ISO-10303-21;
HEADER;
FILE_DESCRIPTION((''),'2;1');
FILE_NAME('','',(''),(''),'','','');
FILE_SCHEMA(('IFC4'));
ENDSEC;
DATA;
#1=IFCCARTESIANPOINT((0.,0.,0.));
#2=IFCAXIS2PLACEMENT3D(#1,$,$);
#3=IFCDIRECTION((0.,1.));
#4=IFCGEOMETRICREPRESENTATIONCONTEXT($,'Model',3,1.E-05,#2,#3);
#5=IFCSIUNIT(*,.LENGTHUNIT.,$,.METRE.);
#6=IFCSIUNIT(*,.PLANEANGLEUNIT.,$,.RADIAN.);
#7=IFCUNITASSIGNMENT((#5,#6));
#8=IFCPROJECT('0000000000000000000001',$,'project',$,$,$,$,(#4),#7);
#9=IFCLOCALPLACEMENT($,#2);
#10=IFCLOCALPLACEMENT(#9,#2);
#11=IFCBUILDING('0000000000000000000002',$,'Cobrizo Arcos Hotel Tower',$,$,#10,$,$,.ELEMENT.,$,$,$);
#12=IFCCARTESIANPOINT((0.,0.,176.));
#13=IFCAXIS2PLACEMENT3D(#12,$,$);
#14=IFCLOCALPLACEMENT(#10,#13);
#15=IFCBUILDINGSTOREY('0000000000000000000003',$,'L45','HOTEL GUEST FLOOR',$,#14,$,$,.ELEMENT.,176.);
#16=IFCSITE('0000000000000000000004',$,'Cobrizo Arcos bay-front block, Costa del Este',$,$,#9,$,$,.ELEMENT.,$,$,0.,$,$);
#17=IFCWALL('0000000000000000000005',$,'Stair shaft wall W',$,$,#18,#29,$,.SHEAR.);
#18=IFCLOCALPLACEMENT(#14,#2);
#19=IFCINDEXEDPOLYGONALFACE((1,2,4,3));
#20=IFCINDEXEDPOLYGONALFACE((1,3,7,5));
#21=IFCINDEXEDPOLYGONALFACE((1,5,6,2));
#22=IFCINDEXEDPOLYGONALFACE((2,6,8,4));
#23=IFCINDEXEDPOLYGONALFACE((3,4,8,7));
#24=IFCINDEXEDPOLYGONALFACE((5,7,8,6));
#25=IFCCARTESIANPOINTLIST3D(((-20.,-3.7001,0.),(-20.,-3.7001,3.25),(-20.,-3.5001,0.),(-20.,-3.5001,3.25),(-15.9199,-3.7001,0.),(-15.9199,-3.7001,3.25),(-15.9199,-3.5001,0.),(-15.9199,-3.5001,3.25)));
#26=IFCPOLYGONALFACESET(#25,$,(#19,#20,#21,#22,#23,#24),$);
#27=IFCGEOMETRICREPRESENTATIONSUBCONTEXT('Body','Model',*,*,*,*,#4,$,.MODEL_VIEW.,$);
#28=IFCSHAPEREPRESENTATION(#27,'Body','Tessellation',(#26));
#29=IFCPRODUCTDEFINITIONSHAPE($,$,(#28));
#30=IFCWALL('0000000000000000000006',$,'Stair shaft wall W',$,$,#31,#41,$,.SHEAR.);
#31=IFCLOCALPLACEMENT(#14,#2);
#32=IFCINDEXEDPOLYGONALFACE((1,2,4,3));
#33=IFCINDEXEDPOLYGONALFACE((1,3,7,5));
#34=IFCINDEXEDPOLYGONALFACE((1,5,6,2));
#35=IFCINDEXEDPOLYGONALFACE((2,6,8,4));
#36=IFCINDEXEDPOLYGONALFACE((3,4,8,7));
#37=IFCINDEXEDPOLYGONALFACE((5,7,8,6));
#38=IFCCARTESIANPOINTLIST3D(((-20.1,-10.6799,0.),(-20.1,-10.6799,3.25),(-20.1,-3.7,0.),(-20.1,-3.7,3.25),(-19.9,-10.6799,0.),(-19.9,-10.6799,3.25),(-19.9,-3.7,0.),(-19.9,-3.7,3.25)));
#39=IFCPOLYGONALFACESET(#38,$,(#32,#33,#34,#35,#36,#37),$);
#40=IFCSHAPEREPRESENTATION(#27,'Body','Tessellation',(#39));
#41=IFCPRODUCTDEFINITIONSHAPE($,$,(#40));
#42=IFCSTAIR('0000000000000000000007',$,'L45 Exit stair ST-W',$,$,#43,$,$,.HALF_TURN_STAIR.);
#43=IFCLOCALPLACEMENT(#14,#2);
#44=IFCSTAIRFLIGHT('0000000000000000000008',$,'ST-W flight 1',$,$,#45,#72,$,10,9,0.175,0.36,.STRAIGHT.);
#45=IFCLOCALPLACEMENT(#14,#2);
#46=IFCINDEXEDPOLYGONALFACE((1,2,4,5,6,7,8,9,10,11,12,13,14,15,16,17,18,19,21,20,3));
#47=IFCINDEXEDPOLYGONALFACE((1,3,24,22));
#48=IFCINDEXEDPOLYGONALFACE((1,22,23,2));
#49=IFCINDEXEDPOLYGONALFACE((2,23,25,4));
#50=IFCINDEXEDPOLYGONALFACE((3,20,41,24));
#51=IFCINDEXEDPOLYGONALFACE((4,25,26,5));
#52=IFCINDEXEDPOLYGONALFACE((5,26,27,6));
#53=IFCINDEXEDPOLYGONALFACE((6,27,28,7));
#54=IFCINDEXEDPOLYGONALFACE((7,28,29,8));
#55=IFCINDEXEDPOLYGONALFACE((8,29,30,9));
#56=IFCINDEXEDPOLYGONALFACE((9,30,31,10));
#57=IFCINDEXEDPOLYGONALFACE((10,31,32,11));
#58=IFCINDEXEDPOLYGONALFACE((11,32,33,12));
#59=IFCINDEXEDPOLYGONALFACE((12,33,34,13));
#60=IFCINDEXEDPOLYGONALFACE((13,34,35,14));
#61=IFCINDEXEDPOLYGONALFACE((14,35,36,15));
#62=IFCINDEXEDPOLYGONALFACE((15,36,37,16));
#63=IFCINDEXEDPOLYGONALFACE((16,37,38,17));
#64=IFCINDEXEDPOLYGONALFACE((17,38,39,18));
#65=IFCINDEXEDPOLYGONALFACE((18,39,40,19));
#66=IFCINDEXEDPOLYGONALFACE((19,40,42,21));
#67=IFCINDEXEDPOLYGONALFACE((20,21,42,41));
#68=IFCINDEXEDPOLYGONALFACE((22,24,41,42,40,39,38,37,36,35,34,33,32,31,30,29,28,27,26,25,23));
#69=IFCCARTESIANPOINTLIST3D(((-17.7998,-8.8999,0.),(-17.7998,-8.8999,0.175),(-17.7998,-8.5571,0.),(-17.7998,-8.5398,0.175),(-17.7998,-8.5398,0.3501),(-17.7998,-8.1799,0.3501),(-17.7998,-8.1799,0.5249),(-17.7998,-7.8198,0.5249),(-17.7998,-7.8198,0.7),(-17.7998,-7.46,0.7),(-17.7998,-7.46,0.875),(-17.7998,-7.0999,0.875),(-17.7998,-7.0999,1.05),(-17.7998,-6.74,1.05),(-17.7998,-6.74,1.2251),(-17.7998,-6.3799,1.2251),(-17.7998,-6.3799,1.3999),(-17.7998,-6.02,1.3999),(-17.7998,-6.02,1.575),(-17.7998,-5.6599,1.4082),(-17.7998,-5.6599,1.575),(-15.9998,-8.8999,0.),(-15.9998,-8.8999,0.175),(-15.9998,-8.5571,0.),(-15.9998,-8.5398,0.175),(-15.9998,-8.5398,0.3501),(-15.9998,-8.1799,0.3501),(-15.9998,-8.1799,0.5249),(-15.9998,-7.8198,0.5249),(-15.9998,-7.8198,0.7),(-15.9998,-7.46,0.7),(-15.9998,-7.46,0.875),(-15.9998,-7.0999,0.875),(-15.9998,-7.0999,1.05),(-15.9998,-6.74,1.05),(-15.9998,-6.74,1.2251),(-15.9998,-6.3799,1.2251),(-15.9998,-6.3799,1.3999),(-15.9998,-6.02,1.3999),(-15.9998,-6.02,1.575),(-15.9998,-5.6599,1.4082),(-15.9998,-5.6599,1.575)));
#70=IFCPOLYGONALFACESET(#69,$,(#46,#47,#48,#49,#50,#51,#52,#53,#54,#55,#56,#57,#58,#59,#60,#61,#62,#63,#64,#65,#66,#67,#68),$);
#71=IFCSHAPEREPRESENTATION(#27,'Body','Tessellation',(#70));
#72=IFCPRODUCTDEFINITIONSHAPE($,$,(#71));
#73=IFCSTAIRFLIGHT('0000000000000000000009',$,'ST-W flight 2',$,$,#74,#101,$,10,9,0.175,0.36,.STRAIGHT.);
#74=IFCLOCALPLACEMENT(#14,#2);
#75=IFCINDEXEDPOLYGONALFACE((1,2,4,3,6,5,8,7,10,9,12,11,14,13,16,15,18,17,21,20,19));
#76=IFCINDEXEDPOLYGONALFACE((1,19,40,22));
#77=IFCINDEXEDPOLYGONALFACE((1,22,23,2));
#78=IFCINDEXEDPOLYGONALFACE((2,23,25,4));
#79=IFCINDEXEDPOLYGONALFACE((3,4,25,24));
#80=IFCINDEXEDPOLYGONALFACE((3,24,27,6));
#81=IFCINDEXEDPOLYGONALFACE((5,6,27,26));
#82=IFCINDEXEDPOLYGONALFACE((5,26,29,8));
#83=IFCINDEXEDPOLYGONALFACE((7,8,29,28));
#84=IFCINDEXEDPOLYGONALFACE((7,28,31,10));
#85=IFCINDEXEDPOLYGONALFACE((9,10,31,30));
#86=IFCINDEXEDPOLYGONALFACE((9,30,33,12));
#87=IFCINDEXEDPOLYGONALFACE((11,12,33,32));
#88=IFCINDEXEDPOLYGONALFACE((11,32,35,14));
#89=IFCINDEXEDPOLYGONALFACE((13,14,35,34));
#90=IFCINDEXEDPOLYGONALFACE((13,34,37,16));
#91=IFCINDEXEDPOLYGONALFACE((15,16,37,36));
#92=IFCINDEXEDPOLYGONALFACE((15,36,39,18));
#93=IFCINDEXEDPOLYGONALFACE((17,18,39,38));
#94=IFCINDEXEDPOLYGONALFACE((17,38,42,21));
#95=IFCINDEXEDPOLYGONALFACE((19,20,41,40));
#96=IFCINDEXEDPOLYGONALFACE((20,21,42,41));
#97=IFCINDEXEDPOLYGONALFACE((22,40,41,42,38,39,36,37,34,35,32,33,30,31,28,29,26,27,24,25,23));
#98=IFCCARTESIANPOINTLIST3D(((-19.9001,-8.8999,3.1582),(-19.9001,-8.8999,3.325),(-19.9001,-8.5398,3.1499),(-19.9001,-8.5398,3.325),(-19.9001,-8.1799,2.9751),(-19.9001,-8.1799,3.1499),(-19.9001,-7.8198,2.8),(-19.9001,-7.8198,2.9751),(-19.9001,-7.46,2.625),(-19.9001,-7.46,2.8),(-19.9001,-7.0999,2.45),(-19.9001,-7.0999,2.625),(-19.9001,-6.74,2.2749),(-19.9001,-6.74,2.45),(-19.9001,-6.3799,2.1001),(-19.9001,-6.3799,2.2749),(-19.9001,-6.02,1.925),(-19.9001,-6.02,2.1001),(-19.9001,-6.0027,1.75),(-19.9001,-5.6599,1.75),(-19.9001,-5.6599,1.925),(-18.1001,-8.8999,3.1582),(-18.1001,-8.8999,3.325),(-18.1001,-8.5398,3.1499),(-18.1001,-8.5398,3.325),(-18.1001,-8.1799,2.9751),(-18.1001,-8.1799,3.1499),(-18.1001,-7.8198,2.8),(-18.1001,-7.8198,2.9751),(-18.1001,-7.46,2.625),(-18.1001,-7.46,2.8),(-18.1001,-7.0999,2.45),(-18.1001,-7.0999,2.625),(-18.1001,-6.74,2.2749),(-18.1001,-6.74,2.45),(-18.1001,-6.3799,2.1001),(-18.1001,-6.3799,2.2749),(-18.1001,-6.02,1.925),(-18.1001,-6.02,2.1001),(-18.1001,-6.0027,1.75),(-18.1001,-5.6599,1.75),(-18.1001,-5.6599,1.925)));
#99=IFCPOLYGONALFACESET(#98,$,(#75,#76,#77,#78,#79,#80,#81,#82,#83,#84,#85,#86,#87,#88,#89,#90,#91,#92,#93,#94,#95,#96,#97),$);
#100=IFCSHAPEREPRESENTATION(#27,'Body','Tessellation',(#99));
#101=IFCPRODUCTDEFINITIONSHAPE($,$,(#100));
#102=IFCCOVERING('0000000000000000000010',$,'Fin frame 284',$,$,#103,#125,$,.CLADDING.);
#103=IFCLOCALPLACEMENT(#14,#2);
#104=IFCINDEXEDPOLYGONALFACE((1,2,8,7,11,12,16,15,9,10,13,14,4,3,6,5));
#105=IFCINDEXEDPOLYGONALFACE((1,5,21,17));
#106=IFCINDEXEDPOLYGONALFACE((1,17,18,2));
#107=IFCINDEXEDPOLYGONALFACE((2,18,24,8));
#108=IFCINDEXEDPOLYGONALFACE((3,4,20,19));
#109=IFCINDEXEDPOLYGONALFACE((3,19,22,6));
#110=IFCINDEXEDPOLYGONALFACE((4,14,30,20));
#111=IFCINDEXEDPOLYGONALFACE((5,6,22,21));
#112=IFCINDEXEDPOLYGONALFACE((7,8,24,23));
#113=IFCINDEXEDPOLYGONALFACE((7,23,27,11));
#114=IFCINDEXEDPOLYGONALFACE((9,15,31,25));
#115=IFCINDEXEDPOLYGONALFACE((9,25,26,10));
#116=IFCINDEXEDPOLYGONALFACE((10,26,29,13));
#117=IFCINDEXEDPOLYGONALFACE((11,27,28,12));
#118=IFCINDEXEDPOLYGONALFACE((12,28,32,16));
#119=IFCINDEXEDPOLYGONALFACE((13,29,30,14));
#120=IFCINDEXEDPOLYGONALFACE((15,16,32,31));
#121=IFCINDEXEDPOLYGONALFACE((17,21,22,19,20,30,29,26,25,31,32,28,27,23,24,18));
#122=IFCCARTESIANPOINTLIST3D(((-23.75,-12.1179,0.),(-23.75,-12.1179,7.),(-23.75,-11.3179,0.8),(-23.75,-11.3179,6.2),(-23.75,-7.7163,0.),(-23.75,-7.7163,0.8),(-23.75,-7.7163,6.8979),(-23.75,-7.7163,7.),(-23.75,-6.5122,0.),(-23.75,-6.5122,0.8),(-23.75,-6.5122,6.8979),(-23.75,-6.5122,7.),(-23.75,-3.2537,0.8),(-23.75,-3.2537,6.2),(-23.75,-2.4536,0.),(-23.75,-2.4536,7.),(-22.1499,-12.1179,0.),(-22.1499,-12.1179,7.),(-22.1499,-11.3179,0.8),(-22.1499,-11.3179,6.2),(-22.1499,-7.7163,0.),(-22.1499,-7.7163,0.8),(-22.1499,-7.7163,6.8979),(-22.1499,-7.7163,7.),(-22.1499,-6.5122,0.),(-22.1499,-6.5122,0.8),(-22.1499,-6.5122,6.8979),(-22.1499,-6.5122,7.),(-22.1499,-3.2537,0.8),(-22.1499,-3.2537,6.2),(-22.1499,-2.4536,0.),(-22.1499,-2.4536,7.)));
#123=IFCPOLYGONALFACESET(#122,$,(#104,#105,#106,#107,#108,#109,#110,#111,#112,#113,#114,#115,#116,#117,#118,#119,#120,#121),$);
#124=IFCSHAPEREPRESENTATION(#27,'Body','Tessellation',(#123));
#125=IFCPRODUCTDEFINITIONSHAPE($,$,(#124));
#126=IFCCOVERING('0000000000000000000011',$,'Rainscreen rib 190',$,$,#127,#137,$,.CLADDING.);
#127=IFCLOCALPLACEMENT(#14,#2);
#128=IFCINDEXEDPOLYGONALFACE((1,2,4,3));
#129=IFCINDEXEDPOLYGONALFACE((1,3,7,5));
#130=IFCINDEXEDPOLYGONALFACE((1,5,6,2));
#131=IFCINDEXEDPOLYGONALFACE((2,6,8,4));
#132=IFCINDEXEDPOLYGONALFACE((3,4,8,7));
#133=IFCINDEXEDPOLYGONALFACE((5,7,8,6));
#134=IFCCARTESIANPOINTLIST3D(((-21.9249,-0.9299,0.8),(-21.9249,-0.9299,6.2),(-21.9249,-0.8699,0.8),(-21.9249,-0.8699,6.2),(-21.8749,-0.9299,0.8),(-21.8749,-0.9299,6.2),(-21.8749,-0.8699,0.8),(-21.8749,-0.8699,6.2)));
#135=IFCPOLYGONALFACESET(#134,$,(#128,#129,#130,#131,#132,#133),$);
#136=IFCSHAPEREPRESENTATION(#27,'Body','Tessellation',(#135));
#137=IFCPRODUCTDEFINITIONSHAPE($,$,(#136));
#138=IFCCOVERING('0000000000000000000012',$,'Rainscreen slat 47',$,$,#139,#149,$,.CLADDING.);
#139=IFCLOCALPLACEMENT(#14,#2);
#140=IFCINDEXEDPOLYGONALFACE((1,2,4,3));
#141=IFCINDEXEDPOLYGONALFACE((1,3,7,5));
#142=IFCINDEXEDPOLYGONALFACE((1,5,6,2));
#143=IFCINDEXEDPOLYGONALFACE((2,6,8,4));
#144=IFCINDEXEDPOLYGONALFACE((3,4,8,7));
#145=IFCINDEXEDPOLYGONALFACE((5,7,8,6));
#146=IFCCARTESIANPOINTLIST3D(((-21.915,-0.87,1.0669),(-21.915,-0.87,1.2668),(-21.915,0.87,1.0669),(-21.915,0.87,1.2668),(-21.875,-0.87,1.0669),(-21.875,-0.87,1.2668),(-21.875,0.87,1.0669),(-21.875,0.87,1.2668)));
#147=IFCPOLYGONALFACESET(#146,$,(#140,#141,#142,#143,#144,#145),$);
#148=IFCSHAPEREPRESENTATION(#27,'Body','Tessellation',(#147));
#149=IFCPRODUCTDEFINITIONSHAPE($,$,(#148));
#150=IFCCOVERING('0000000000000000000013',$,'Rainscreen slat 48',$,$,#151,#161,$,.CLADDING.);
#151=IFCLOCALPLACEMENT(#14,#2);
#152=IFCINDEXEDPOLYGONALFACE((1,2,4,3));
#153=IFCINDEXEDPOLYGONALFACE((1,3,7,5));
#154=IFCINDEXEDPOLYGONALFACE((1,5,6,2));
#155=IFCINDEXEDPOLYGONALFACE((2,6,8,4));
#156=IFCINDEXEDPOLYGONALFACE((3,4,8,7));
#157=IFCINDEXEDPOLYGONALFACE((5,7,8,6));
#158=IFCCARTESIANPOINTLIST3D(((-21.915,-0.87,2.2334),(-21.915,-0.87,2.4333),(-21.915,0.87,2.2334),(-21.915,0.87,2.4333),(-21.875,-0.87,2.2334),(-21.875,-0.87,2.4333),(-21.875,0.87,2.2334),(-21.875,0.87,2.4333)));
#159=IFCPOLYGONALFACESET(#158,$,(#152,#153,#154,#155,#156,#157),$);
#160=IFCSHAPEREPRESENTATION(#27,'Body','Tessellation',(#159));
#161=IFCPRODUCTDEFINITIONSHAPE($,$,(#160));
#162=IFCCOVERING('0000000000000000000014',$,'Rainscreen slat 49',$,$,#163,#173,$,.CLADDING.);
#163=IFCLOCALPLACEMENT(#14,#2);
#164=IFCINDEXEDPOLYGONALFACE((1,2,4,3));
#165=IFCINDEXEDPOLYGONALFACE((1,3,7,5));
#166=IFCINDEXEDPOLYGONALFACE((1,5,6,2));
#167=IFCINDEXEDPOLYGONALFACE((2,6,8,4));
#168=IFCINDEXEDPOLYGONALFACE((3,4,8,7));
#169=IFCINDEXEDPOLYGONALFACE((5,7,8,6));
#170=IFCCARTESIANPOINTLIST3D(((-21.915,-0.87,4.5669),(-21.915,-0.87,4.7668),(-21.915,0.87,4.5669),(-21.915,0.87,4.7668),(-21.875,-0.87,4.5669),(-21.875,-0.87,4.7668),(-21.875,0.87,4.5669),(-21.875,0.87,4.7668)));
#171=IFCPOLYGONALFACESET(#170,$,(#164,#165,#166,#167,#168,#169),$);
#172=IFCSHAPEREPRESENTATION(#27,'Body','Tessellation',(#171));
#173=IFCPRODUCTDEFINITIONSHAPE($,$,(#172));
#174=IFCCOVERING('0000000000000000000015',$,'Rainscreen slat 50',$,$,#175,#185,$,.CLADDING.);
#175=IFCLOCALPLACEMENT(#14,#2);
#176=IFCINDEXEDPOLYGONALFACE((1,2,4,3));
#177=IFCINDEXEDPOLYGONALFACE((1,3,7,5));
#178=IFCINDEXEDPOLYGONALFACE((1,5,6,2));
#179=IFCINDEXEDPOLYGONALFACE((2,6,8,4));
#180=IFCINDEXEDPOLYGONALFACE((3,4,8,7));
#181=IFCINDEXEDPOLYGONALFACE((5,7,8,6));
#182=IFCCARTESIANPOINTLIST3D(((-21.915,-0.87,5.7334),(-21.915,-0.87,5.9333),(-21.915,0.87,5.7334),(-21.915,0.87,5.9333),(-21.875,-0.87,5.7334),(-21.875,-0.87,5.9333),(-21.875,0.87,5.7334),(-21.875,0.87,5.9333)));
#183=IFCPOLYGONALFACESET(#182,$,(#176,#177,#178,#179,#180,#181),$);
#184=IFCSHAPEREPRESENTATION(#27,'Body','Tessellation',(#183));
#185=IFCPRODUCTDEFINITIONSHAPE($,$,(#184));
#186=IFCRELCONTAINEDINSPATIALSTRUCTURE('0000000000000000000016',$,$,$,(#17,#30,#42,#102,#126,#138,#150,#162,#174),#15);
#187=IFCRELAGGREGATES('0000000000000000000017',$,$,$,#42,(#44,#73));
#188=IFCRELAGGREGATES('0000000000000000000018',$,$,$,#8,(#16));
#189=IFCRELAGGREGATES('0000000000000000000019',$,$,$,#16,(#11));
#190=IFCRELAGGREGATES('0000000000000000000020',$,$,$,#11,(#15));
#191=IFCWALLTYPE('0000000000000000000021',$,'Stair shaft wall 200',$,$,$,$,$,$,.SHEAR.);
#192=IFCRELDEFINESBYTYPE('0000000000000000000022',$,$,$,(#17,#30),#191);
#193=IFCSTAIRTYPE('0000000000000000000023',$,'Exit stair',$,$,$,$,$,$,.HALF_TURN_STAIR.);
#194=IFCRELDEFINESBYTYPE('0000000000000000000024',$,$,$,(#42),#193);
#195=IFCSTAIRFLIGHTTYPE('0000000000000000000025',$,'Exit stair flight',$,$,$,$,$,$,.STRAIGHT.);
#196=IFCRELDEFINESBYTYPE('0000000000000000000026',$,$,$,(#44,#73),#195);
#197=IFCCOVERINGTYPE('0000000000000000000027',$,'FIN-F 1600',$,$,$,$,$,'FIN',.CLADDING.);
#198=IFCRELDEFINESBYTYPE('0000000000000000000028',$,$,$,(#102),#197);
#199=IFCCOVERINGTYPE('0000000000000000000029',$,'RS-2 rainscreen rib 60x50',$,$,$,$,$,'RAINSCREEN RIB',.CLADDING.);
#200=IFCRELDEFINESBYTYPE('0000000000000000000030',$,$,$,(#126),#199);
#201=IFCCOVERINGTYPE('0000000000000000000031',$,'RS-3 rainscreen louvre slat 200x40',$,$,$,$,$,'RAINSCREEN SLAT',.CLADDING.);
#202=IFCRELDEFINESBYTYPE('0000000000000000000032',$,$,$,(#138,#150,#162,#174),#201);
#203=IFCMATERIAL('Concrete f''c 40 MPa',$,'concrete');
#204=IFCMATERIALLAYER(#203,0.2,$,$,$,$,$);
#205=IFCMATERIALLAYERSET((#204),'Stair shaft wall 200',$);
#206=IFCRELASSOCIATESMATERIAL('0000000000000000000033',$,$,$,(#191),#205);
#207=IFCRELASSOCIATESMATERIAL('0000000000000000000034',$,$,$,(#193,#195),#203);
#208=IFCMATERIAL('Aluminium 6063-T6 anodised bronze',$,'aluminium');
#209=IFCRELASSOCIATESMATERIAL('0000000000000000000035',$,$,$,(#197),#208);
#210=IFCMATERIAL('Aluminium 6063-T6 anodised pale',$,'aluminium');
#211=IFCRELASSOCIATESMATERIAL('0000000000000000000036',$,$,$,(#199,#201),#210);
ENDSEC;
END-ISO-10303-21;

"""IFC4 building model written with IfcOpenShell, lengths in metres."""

from ifc_helpers import new_model, si_unit, direction, frame, frame_2d, origin, origin_2d, place, context, subcontext, project, spatial, polyline, rectangle, outline, extrude, material, layer, layer_set, type_object, element, aggregate, save


model = new_model("IFC4")

# Units and contexts
model_context = context("Model", 3, precision=1e-05, world=origin(), true_north=direction((0.0, 1.0)))
body_context = subcontext(model_context, "Body", "Model", "MODEL_VIEW")
ifc_project = project(units=[si_unit("LENGTHUNIT", "METRE"), si_unit("PLANEANGLEUNIT", "RADIAN")], contexts=[model_context])

# Site, building, storey
site_placement = place(None, origin())
site = spatial("IfcSite", under=ifc_project, at=site_placement, Name="Cobrizo Arcos bay-front block, Costa del Este", CompositionType="ELEMENT", RefElevation=0.0)
building_placement = place(site_placement, origin())
building = spatial("IfcBuilding", under=site, at=building_placement, Name="Cobrizo Arcos Hotel Tower", CompositionType="ELEMENT")
storey_placement = place(building_placement, frame((0.0, 0.0, 176.0)))
storey = spatial("IfcBuildingStorey", under=building, at=storey_placement, Name="L45", Description="HOTEL GUEST FLOOR", CompositionType="ELEMENT", Elevation=176.0)

# Shared definitions
ifc_material_1 = material(Name="Aluminium 6063-T6 anodised bronze", Category="aluminium")

# Walls
ifc_material_2 = material(Name="Concrete f'c 40 MPa", Category="concrete")
ifc_layer_1 = layer(ifc_material_2, 0.2)
ifc_layer_set_1 = layer_set([ifc_layer_1], Name="Stair shaft wall 200")
wall_type_1 = type_object("IfcWallType", Name="Stair shaft wall 200", PredefinedType="SHEAR", material=ifc_layer_set_1)
wall_1_placement = place(storey_placement, frame((-20.0, -3.6001, 0.0), z_axis=(0.0, 0.0, 1.0), x_axis=(1.0, 0.0, 0.0)))
element("IfcWall", 1, at=wall_1_placement, inside=storey, type_object=wall_type_1, Name="Stair shaft wall W", PredefinedType="SHEAR", context=body_context, shape_type="SweptSolid", body=[
    extrude(rectangle(XDim=4.0801, YDim=0.2, at=frame_2d((2.04, 0.0))), origin(), (0.0, 0.0, 1.0), 3.25),
])
wall_2_placement = place(storey_placement, frame((-20.0, -10.6799, 0.0), z_axis=(0.0, 0.0, 1.0), x_axis=(0.0, 1.0, 0.0)))
element("IfcWall", 2, at=wall_2_placement, inside=storey, type_object=wall_type_1, Name="Stair shaft wall W", PredefinedType="SHEAR", context=body_context, shape_type="SweptSolid", body=[
    extrude(rectangle(XDim=6.98, YDim=0.2, at=frame_2d((3.49, 0.0))), origin(), (0.0, 0.0, 1.0), 3.25),
])

# Stair, stair flights
stair_type = type_object("IfcStairType", Name="Exit stair", PredefinedType="HALF_TURN_STAIR", material=ifc_material_2)
stair_placement = place(storey_placement, origin())
stair = element("IfcStair", 3, at=stair_placement, inside=storey, type_object=stair_type, Name="L45 Exit stair ST-W", PredefinedType="HALF_TURN_STAIR")
stair_flight_type = type_object("IfcStairFlightType", Name="Exit stair flight", PredefinedType="STRAIGHT", material=ifc_material_2)
stair_flight_1_placement = place(storey_placement, frame((-16.8999, -8.8999, 0.0), z_axis=(0.0, 0.0, 1.0), x_axis=(0.0, 1.0, 0.0)))
stair_flight_1 = element("IfcStairFlight", 4, at=stair_flight_1_placement, type_object=stair_flight_type, Name="ST-W flight 1", NumberOfRisers=10, NumberOfTreads=9, PredefinedType="STRAIGHT", RiserHeight=0.175, TreadLength=0.36, context=body_context, shape_type="SweptSolid", body=[
    extrude(outline(polyline([(0.0, 0.0), (0.0, 0.175), (0.3601, 0.175), (0.3601, 0.3501), (0.72, 0.3501), (0.72, 0.5249), (1.0801, 0.5249), (1.0801, 0.7), (1.4399, 0.7), (1.4399, 0.875), (1.8, 0.875), (1.8, 1.05), (2.1599, 1.05), (2.1599, 1.2251), (2.52, 1.2251), (2.52, 1.3999), (2.8799, 1.3999), (2.8799, 1.575), (3.24, 1.575), (3.24, 1.75), (3.24, 1.4082), (0.3428, 0.0), (0.0, 0.0)])), frame((0.0, 0.8999, 0.0), z_axis=(0.0, -1.0, 0.0), x_axis=(1.0, 0.0, 0.0)), (0.0, 0.0, 1.0), 1.8),
])
stair_flight_2_placement = place(storey_placement, frame((-19.0, -5.6599, 1.75), z_axis=(0.0, 0.0, 1.0), x_axis=(0.0, -1.0, 0.0)))
stair_flight_2 = element("IfcStairFlight", 5, at=stair_flight_2_placement, type_object=stair_flight_type, Name="ST-W flight 2", NumberOfRisers=10, NumberOfTreads=9, PredefinedType="STRAIGHT", RiserHeight=0.175, TreadLength=0.36, context=body_context, shape_type="SweptSolid", body=[
    extrude(outline(polyline([(0.0, 0.0), (0.0, 0.175), (0.3601, 0.175), (0.3601, 0.3501), (0.72, 0.3501), (0.72, 0.5249), (1.0801, 0.5249), (1.0801, 0.7), (1.4399, 0.7), (1.4399, 0.875), (1.8, 0.875), (1.8, 1.05), (2.1599, 1.05), (2.1599, 1.2251), (2.52, 1.2251), (2.52, 1.3999), (2.8799, 1.3999), (2.8799, 1.575), (3.24, 1.575), (3.24, 1.75), (3.24, 1.4082), (0.3428, 0.0), (0.0, 0.0)])), frame((0.0, 0.8999, 0.0), z_axis=(0.0, -1.0, 0.0), x_axis=(1.0, 0.0, 0.0)), (0.0, 0.0, 1.0), 1.8),
])
aggregate(stair, [stair_flight_1, stair_flight_2])

# Coverings
covering_type_1 = type_object("IfcCoveringType", Name="FIN-F 1600", ElementType="FIN", PredefinedType="CLADDING", material=ifc_material_1)
covering_1_placement = place(storey_placement, frame((-22.1499, -2.4536, 0.0), z_axis=(-1.0, 0.0, 0.0), x_axis=(0.0, -1.0, 0.0)))
element("IfcCovering", 6, at=covering_1_placement, inside=storey, type_object=covering_type_1, Name="Fin frame 284", PredefinedType="CLADDING", context=body_context, shape_type="SweptSolid", body=[
    extrude(outline(polyline([(0.0, 0.0), (4.0586, 0.0), (4.0586, 0.8), (0.8, 0.8), (0.8, 6.2), (8.8643, 6.2), (8.8643, 0.8), (5.2627, 0.8), (5.2627, 0.0), (9.6643, 0.0), (9.6643, 7.0), (5.2627, 7.0), (5.2627, 6.8979), (4.0586, 6.8979), (4.0586, 7.0), (0.0, 7.0), (0.0, 0.0)])), origin(), (0.0, 0.0, 1.0), 1.6001),
])
ifc_material_3 = material(Name="Aluminium 6063-T6 anodised pale", Category="aluminium")
covering_type_2 = type_object("IfcCoveringType", Name="RS-2 rainscreen rib 60x50", ElementType="RAINSCREEN RIB", PredefinedType="CLADDING", material=ifc_material_3)
covering_2_placement = place(storey_placement, frame((-21.8999, -0.8999, 0.8), z_axis=(0.0, 0.0, 1.0), x_axis=(0.0, -1.0, 0.0)))
element("IfcCovering", 7, at=covering_2_placement, inside=storey, type_object=covering_type_2, Name="Rainscreen rib 190", PredefinedType="CLADDING", context=body_context, shape_type="SweptSolid", body=[
    extrude(rectangle(XDim=0.0601, YDim=0.05, at=origin_2d()), origin(), (0.0, 0.0, 1.0), 5.3999),
])
covering_type_3 = type_object("IfcCoveringType", Name="RS-3 rainscreen louvre slat 200x40", ElementType="RAINSCREEN SLAT", PredefinedType="CLADDING", material=ifc_material_3)
for number, where, z_axis, x_axis, name in (
    (8, (-21.895, 0.0, 1.0669), (0.0, 0.0, 1.0), (0.0, -1.0, 0.0), "Rainscreen slat 47"),
    (9, (-21.895, 0.0, 2.2334), (0.0, 0.0, 1.0), (0.0, -1.0, 0.0), "Rainscreen slat 48"),
    (10, (-21.895, 0.0, 4.5669), (0.0, 0.0, 1.0), (0.0, -1.0, 0.0), "Rainscreen slat 49"),
    (11, (-21.895, 0.0, 5.7334), (0.0, 0.0, 1.0), (0.0, -1.0, 0.0), "Rainscreen slat 50"),
):
    element("IfcCovering", number, at=place(storey_placement, frame(where, z_axis=z_axis, x_axis=x_axis)), inside=storey, type_object=covering_type_3, Name=name, PredefinedType="CLADDING", context=body_context, shape_type="SweptSolid", body=[
        extrude(rectangle(XDim=1.74, YDim=0.04, at=origin_2d()), origin(), (0.0, 0.0, 1.0), 0.2),
    ])

save(model, "model.ifc")
